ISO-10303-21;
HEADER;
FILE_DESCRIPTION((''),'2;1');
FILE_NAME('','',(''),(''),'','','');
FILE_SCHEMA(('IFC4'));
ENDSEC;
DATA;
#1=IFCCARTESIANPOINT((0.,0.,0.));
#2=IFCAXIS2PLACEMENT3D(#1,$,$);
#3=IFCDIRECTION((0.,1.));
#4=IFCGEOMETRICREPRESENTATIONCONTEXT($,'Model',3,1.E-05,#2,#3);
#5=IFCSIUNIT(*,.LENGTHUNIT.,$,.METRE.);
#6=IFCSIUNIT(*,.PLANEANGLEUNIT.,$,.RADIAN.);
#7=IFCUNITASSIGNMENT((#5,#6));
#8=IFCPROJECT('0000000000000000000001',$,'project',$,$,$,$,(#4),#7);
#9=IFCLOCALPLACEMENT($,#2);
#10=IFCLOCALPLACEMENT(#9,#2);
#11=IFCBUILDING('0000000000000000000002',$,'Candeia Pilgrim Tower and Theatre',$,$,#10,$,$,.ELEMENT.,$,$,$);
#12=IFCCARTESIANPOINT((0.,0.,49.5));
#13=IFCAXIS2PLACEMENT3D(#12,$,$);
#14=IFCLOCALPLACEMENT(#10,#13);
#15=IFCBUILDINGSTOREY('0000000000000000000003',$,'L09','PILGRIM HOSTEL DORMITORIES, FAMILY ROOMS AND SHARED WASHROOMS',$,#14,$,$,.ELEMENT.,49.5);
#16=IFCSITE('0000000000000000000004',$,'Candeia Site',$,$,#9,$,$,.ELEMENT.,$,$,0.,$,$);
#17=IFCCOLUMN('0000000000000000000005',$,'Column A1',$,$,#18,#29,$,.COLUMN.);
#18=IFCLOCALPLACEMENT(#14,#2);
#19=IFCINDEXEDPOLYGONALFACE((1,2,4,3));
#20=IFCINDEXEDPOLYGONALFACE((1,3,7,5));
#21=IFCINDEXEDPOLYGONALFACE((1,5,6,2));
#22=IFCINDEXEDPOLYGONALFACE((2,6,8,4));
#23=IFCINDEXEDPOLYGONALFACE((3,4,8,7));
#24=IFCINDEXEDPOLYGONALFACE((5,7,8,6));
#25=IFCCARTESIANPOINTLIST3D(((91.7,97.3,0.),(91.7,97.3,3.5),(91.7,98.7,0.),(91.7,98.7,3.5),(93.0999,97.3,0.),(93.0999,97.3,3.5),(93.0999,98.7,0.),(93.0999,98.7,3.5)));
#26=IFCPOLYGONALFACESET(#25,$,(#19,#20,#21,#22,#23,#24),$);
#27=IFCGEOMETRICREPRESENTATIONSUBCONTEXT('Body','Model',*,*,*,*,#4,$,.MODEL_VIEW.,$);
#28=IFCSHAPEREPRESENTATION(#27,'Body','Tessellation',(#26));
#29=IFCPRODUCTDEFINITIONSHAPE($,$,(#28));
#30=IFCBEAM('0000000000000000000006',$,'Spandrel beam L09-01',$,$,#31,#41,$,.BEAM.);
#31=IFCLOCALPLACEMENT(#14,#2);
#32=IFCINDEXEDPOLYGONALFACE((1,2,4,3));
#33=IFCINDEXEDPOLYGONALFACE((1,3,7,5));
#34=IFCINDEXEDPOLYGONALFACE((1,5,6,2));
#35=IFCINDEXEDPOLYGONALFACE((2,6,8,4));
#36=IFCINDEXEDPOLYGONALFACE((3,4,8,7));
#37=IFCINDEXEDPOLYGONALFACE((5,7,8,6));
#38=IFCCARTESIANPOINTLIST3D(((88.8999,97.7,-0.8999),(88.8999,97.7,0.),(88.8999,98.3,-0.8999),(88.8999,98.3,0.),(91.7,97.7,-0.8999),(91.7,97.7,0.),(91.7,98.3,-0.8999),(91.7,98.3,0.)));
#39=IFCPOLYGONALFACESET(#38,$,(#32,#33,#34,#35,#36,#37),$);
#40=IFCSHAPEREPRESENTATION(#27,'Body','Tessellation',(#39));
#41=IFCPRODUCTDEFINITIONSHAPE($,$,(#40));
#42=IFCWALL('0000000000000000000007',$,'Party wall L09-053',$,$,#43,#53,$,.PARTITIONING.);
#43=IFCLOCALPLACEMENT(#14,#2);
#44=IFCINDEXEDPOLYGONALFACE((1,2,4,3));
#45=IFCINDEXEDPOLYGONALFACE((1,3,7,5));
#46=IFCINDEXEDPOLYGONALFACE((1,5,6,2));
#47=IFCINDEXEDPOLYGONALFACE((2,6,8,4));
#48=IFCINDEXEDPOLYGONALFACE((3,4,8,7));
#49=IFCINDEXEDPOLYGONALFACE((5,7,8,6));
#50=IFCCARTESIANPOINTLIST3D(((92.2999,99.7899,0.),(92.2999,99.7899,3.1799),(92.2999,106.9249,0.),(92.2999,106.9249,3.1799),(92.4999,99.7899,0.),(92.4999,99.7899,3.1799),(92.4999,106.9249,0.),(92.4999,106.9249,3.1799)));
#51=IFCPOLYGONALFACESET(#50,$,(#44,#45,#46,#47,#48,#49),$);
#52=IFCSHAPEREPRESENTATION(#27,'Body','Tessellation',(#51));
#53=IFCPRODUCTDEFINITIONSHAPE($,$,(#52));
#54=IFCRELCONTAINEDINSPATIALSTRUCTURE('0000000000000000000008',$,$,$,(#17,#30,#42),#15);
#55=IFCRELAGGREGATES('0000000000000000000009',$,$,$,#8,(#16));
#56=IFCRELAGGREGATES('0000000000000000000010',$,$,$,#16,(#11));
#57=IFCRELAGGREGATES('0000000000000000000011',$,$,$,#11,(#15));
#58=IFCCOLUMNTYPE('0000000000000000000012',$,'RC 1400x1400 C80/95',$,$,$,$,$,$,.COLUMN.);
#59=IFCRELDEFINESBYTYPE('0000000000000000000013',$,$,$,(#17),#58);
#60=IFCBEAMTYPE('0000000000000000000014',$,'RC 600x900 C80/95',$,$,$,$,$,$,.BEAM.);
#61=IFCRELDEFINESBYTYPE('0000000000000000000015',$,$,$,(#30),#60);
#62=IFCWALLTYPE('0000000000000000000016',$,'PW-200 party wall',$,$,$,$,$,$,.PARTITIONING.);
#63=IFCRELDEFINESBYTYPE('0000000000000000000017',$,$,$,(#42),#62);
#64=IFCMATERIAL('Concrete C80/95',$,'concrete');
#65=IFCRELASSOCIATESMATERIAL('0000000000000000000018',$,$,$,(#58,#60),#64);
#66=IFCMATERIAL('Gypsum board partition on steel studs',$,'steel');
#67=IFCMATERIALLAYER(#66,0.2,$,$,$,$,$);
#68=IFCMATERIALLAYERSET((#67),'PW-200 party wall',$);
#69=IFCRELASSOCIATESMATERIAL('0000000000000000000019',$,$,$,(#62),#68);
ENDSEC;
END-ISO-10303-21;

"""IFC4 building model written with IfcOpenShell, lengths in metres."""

from ifc_helpers import new_model, si_unit, direction, frame, frame_2d, origin, origin_2d, place, context, subcontext, project, spatial, rectangle, extrude, material, layer, layer_set, material_profile, profile_set, type_object, element, save


model = new_model("IFC4")

# Units and contexts
model_context = context("Model", 3, precision=1e-05, world=origin(), true_north=direction((0.0, 1.0)))
body_context = subcontext(model_context, "Body", "Model", "MODEL_VIEW")
ifc_project = project(units=[si_unit("LENGTHUNIT", "METRE"), si_unit("PLANEANGLEUNIT", "RADIAN")], contexts=[model_context])

# Site, building, storey
site_placement = place(None, origin())
site = spatial("IfcSite", under=ifc_project, at=site_placement, Name="Candeia Site", CompositionType="ELEMENT", RefElevation=0.0)
building_placement = place(site_placement, origin())
building = spatial("IfcBuilding", under=site, at=building_placement, Name="Candeia Pilgrim Tower and Theatre", CompositionType="ELEMENT")
storey_placement = place(building_placement, frame((0.0, 0.0, 49.5)))
storey = spatial("IfcBuildingStorey", under=building, at=storey_placement, Name="L09", Description="PILGRIM HOSTEL DORMITORIES, FAMILY ROOMS AND SHARED WASHROOMS", CompositionType="ELEMENT", Elevation=49.5)

# Column
ifc_material_1 = material(Name="Concrete C80/95", Category="concrete")
ifc_material_profile_1 = material_profile(ifc_material_1, rectangle(XDim=1.3999, YDim=1.3999, at=origin_2d()))
ifc_profile_set_1 = profile_set([ifc_material_profile_1], Name="Concrete C80/95")
column_type = type_object("IfcColumnType", Name="RC 1400x1400 C80/95", PredefinedType="COLUMN", material=ifc_profile_set_1)
column_placement = place(storey_placement, frame((92.3999, 98.0, 0.0), z_axis=(0.0, 0.0, 1.0), x_axis=(1.0, 0.0, 0.0)))
element("IfcColumn", 1, at=column_placement, inside=storey, type_object=column_type, Name="Column A1", PredefinedType="COLUMN", context=body_context, shape_type="SweptSolid", body=[
    extrude(rectangle(XDim=1.3999, YDim=1.3999, at=origin_2d()), origin(), (0.0, 0.0, 1.0), 3.5),
])

# Beam
ifc_material_profile_2 = material_profile(ifc_material_1, rectangle(XDim=0.6001, YDim=0.8999, at=origin_2d()))
ifc_profile_set_2 = profile_set([ifc_material_profile_2], Name="Concrete C80/95")
beam_type = type_object("IfcBeamType", Name="RC 600x900 C80/95", PredefinedType="BEAM", material=ifc_profile_set_2)
beam_placement = place(storey_placement, frame((88.8999, 98.0, -0.45), z_axis=(1.0, 0.0, 0.0), x_axis=(0.0, 1.0, 0.0)))
element("IfcBeam", 2, at=beam_placement, inside=storey, type_object=beam_type, Name="Spandrel beam L09-01", PredefinedType="BEAM", context=body_context, shape_type="SweptSolid", body=[
    extrude(rectangle(XDim=0.6001, YDim=0.8999, at=origin_2d()), origin(), (0.0, 0.0, 1.0), 2.8),
])

# Wall
ifc_material_2 = material(Name="Gypsum board partition on steel studs", Category="steel")
ifc_layer_1 = layer(ifc_material_2, 0.2)
ifc_layer_set_1 = layer_set([ifc_layer_1], Name="PW-200 party wall")
wall_type_1 = type_object("IfcWallType", Name="PW-200 party wall", PredefinedType="PARTITIONING", material=ifc_layer_set_1)
wall_1_placement = place(storey_placement, frame((92.3999, 99.79, 0.0), z_axis=(0.0, 0.0, 1.0), x_axis=(0.0, 1.0, 0.0)))
element("IfcWall", 3, at=wall_1_placement, inside=storey, type_object=wall_type_1, Name="Party wall L09-053", PredefinedType="PARTITIONING", context=body_context, shape_type="SweptSolid", body=[
    extrude(rectangle(XDim=7.135, YDim=0.2, at=frame_2d((3.5674, 0.0))), origin(), (0.0, 0.0, 1.0), 3.1799),
])

save(model, "model.ifc")
